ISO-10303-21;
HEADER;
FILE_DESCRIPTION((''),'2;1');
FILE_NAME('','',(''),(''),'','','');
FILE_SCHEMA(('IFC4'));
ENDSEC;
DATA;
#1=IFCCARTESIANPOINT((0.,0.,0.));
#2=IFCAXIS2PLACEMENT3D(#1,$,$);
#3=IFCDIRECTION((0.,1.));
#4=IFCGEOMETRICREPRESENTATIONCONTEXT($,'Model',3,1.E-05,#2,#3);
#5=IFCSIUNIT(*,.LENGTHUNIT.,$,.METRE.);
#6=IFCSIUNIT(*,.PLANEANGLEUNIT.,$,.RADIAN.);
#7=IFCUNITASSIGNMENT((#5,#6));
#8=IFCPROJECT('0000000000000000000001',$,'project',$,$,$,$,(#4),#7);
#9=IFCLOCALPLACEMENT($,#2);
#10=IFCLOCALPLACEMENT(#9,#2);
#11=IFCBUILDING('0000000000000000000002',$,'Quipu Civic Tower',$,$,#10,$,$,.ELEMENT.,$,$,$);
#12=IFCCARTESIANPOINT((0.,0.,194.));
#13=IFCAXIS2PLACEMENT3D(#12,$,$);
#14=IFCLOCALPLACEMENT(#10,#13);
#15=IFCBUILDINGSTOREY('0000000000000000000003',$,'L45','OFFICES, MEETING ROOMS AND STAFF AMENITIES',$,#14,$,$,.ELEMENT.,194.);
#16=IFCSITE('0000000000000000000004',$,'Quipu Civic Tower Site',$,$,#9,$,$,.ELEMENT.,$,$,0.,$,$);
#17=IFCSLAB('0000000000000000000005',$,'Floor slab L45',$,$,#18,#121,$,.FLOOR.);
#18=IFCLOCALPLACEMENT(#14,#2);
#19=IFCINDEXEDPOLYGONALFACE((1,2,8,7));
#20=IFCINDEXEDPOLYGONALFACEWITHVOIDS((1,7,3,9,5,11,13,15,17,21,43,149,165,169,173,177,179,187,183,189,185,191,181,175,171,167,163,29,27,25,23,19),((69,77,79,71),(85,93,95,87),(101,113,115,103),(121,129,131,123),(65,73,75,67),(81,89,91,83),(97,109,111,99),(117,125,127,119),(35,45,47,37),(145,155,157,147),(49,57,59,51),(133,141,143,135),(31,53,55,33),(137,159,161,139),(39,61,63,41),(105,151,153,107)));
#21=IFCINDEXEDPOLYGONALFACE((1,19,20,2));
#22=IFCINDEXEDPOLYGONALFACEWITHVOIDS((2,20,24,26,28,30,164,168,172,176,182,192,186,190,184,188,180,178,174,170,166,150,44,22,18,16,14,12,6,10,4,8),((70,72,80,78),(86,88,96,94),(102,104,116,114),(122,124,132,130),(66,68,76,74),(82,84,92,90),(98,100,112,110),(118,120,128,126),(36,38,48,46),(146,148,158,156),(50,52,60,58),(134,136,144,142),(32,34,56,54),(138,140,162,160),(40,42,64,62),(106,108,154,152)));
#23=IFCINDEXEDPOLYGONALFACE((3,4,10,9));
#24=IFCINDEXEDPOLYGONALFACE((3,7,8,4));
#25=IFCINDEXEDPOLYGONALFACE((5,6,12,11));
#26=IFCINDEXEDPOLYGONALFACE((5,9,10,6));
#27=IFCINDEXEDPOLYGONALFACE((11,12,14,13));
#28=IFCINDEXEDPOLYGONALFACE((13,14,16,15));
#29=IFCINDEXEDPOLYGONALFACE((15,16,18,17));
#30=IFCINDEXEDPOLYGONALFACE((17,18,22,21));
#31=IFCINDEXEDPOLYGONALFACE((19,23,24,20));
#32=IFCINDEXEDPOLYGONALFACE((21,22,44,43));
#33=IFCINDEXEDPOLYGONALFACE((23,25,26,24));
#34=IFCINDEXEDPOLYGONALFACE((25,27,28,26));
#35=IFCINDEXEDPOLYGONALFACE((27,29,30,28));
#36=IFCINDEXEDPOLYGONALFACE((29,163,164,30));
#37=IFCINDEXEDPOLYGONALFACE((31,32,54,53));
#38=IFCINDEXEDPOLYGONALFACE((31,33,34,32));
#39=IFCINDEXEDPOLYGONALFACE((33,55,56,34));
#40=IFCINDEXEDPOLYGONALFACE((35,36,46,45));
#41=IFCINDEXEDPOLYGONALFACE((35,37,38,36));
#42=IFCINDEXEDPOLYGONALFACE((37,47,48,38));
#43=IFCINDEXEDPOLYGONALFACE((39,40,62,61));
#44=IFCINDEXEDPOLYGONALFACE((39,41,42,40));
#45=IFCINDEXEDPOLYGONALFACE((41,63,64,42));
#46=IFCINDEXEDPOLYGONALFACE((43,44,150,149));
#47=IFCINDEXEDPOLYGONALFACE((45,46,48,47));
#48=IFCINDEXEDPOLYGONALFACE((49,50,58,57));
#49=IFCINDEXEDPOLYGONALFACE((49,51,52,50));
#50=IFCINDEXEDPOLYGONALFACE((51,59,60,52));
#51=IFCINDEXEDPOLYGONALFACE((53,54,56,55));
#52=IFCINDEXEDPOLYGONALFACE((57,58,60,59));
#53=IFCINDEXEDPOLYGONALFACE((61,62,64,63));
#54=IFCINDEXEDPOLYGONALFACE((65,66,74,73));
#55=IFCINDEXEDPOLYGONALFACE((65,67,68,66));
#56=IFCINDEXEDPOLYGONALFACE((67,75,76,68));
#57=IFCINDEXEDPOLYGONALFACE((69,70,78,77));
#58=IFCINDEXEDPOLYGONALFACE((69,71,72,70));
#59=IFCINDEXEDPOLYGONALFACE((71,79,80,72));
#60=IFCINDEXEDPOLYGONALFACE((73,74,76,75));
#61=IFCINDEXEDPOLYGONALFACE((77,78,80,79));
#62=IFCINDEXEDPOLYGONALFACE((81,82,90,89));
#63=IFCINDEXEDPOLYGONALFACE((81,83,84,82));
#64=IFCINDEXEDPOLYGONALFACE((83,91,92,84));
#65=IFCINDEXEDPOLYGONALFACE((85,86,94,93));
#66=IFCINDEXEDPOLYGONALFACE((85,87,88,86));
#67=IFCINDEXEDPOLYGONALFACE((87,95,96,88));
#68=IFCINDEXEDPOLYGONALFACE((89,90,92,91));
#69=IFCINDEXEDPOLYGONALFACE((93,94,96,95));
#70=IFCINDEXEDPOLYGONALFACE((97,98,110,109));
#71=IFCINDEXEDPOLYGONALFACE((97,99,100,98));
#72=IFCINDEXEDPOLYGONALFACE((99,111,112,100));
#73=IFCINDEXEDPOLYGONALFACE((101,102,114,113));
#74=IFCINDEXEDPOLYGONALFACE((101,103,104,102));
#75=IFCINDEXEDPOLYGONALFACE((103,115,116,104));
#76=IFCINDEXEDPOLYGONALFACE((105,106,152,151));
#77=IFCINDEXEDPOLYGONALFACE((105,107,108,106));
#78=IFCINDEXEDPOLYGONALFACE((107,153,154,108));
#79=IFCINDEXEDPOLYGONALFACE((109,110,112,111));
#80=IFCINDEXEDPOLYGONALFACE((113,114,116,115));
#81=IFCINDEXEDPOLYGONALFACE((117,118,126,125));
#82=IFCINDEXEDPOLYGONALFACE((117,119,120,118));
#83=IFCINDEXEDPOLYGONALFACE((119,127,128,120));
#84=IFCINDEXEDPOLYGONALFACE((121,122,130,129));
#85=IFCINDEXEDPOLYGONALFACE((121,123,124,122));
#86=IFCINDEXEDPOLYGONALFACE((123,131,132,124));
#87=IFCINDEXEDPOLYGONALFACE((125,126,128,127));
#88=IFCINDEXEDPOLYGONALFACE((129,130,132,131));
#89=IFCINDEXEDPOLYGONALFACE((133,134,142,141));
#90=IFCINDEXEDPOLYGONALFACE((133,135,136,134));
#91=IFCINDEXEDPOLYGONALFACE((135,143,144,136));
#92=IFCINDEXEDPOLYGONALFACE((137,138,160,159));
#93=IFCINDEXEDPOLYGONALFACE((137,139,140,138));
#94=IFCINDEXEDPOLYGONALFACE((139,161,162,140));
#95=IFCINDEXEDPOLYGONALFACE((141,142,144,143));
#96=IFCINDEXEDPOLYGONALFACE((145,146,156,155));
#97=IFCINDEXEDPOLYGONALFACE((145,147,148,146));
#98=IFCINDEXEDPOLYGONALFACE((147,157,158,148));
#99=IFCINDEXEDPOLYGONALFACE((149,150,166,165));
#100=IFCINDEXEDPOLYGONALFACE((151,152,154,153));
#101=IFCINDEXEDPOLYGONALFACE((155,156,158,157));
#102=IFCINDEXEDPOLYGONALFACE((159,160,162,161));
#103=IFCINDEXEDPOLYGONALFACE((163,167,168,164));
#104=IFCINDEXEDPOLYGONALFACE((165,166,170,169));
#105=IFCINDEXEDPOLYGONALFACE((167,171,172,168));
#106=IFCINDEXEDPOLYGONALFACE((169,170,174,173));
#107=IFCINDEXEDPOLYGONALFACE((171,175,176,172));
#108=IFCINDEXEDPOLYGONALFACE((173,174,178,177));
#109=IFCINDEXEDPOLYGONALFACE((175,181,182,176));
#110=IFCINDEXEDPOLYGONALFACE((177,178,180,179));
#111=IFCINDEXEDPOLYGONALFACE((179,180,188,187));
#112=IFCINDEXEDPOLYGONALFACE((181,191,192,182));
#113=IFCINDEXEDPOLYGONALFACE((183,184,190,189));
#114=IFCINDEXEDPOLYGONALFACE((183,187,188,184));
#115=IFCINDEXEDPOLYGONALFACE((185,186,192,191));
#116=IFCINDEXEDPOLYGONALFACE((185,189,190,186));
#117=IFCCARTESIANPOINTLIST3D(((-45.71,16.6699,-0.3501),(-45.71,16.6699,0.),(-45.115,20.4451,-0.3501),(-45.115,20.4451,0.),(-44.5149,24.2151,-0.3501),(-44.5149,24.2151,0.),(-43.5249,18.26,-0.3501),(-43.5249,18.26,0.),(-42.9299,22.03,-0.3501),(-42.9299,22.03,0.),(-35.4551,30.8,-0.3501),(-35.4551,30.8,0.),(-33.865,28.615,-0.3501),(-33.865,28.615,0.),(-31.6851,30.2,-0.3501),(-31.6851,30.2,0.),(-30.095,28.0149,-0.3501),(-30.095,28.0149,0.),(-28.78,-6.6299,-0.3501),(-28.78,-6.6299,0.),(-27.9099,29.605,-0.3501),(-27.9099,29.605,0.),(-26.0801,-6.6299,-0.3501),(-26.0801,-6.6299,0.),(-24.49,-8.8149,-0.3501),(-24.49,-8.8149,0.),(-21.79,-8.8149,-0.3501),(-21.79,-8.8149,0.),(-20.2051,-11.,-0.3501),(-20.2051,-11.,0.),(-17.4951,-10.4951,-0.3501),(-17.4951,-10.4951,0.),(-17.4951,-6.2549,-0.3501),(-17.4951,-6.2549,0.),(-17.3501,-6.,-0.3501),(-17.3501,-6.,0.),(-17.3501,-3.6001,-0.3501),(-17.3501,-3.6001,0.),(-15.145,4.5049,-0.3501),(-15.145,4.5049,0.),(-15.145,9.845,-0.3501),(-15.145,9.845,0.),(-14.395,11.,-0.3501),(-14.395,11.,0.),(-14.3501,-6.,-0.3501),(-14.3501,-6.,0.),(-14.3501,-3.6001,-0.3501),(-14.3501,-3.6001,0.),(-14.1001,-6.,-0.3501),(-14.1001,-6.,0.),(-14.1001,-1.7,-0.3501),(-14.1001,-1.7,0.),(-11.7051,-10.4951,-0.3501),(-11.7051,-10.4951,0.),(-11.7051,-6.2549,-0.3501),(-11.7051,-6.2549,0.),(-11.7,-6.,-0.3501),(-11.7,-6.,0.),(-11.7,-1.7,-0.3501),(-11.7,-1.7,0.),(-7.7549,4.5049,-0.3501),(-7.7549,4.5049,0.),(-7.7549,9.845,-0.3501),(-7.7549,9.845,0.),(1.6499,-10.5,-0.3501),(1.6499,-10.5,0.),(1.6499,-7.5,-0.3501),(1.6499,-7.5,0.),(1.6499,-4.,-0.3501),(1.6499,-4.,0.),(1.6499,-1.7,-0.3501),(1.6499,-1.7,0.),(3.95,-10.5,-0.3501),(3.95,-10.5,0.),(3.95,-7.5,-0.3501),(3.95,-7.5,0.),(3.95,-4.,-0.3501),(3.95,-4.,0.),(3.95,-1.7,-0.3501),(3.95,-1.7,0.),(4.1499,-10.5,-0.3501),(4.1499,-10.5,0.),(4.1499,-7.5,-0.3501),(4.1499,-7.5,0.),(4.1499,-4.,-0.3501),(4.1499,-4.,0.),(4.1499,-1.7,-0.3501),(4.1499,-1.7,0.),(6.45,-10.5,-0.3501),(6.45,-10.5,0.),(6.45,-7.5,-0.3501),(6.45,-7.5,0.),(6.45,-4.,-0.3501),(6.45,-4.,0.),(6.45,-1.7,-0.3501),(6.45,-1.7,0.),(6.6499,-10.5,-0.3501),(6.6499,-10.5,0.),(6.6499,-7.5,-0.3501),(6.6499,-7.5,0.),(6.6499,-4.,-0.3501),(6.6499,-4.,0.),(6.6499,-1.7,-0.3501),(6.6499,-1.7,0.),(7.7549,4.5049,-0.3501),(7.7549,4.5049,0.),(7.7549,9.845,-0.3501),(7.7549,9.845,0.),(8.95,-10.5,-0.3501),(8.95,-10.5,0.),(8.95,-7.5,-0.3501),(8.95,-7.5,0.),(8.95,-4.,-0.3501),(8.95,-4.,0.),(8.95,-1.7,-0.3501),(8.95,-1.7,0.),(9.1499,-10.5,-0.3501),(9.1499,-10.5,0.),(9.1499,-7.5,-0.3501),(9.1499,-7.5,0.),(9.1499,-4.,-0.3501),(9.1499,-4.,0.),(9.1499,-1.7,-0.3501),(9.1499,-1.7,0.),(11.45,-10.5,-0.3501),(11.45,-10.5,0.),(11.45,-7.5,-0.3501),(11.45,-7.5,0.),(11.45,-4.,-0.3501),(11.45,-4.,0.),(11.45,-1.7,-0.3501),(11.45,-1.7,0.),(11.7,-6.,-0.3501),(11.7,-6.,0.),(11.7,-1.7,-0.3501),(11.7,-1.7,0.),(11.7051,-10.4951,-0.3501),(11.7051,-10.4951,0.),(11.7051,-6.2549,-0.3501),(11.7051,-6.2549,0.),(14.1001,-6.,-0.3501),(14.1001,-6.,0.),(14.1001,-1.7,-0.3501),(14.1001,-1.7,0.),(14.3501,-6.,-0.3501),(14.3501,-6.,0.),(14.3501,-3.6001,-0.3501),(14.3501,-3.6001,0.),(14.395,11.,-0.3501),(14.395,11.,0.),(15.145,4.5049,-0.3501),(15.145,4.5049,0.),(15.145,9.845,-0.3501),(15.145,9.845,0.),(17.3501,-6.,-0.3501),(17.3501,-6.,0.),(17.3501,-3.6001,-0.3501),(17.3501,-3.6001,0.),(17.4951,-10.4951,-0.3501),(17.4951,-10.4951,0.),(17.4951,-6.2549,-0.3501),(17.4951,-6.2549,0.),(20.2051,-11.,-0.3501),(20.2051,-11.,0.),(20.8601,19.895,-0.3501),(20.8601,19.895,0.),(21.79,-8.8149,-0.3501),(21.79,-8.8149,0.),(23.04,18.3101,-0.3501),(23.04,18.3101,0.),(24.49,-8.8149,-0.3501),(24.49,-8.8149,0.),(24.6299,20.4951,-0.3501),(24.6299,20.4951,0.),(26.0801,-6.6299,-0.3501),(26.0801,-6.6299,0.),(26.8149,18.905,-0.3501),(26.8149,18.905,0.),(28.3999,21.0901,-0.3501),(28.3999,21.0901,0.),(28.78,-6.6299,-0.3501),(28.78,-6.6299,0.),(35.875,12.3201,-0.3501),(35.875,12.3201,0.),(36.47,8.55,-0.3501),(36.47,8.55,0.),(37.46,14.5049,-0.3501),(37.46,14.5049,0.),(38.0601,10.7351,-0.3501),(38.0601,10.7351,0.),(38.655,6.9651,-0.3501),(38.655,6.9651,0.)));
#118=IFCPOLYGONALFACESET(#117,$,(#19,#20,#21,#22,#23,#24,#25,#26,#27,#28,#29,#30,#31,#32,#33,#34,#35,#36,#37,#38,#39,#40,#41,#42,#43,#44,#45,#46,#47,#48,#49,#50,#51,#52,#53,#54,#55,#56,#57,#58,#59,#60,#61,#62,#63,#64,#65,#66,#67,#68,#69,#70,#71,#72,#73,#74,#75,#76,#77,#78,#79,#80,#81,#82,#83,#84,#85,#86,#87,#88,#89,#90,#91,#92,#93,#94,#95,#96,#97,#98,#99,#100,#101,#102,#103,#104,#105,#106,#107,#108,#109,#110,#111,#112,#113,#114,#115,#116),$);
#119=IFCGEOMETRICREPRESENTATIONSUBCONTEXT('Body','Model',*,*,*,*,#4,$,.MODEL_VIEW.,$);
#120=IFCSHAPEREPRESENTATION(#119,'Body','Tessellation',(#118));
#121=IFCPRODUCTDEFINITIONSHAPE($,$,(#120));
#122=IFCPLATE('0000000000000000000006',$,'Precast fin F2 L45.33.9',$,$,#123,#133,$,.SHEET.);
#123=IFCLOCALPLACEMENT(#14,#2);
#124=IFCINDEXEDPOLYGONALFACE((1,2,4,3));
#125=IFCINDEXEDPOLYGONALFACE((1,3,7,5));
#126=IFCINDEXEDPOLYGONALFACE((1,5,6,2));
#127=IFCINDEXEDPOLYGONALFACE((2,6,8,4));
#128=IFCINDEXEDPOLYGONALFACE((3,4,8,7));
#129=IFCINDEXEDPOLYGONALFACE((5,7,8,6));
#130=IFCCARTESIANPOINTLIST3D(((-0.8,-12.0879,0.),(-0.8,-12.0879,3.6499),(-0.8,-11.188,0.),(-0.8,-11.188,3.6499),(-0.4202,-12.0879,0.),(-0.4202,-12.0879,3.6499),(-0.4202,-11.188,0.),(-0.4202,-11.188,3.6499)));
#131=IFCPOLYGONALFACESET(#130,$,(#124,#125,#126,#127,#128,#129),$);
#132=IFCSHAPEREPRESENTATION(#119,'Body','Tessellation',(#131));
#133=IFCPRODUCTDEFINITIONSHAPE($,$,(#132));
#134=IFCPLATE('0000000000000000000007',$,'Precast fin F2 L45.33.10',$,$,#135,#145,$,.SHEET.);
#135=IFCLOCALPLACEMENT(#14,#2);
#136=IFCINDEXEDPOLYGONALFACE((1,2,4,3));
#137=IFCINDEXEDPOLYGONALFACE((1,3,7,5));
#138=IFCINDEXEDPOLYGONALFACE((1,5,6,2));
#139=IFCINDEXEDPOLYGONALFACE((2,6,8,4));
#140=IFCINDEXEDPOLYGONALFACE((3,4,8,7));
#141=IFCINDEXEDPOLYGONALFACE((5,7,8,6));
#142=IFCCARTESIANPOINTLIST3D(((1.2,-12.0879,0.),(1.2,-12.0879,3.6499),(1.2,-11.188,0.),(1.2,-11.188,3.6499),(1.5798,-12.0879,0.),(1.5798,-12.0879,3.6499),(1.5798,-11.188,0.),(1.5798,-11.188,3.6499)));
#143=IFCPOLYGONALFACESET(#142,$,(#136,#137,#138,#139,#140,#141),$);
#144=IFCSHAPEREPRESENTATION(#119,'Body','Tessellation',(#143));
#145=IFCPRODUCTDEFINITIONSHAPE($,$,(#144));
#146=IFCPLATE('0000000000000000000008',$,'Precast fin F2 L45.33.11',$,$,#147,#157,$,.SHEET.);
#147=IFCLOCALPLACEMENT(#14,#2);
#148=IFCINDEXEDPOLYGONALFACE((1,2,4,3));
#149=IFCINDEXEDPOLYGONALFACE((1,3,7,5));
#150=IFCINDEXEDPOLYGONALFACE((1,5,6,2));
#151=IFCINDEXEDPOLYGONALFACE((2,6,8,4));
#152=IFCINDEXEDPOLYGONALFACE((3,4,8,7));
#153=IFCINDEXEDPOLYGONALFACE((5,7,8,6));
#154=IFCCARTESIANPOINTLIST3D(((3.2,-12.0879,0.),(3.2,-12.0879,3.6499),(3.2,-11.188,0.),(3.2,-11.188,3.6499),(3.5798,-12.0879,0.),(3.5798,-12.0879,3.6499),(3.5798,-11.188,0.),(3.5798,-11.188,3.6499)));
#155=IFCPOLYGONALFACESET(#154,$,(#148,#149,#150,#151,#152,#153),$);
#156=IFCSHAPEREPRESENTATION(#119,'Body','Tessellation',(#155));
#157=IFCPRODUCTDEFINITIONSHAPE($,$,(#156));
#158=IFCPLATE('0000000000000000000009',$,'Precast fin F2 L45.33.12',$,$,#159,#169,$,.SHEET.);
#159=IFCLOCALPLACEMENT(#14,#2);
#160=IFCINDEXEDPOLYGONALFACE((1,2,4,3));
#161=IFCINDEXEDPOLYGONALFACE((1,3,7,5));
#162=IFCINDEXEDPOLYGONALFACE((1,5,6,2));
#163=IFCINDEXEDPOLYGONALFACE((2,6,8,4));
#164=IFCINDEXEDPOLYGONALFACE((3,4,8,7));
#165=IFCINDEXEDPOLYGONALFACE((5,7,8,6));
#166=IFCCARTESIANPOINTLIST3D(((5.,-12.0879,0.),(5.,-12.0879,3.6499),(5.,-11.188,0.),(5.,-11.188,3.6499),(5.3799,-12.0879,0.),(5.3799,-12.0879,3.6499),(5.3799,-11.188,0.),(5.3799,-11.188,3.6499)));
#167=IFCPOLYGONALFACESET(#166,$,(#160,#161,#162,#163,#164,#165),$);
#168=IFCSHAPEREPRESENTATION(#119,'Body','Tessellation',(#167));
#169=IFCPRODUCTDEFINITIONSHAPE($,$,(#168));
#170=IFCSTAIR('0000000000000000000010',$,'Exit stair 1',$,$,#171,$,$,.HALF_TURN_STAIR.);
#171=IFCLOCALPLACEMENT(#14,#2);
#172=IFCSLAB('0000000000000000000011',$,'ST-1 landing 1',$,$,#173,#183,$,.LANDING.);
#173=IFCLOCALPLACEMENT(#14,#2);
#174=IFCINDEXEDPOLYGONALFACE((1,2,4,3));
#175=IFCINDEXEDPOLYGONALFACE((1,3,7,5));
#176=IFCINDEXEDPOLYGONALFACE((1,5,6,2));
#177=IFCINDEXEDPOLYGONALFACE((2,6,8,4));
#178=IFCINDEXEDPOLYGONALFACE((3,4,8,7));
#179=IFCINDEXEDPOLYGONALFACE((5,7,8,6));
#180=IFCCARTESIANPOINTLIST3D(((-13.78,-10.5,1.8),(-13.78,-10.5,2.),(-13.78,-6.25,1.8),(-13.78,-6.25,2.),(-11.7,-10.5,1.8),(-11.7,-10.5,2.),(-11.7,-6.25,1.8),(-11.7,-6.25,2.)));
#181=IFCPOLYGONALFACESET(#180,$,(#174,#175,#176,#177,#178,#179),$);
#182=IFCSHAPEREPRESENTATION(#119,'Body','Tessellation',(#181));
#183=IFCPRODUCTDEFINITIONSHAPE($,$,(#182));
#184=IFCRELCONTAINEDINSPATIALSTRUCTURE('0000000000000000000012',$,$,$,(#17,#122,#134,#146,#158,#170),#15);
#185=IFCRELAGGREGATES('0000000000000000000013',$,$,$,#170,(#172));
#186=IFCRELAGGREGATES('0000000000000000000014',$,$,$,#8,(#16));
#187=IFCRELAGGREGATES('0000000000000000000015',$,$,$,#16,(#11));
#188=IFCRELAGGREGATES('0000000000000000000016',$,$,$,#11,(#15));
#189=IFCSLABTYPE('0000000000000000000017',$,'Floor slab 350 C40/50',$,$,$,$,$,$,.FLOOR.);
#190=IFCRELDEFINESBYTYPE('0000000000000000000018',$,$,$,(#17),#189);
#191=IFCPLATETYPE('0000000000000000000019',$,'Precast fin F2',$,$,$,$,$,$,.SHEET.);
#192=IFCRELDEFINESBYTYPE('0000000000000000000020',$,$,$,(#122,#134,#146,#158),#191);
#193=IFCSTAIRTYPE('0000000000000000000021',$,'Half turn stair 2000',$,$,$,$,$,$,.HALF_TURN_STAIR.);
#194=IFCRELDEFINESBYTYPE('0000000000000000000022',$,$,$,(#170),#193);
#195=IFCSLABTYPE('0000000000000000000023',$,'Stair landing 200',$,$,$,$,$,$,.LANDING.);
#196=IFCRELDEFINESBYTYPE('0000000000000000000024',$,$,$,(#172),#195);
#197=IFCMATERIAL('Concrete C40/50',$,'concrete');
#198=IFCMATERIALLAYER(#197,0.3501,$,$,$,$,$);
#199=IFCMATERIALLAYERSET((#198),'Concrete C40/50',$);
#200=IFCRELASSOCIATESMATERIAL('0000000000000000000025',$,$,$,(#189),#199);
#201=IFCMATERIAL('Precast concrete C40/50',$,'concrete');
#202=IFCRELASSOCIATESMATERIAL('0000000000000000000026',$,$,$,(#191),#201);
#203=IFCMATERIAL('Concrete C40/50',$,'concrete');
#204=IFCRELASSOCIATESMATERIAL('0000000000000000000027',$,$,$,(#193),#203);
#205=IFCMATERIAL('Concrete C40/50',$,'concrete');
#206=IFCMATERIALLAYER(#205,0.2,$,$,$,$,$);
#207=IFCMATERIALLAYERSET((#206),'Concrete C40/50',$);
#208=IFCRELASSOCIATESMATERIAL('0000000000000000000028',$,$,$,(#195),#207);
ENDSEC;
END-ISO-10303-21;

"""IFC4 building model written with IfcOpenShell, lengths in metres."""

from ifc_helpers import new_model, si_unit, direction, frame, origin, origin_2d, place, context, subcontext, project, spatial, polyline, rectangle, outline, extrude, material, layer, layer_set, type_object, element, aggregate, save


model = new_model("IFC4")

# Units and contexts
model_context = context("Model", 3, precision=1e-05, world=origin(), true_north=direction((0.0, 1.0)))
body_context = subcontext(model_context, "Body", "Model", "MODEL_VIEW")
ifc_project = project(units=[si_unit("LENGTHUNIT", "METRE"), si_unit("PLANEANGLEUNIT", "RADIAN")], contexts=[model_context])

# Site, building, storey
site_placement = place(None, origin())
site = spatial("IfcSite", under=ifc_project, at=site_placement, Name="Quipu Civic Tower Site", CompositionType="ELEMENT", RefElevation=0.0)
building_placement = place(site_placement, origin())
building = spatial("IfcBuilding", under=site, at=building_placement, Name="Quipu Civic Tower", CompositionType="ELEMENT")
storey_placement = place(building_placement, frame((0.0, 0.0, 194.0)))
storey = spatial("IfcBuildingStorey", under=building, at=storey_placement, Name="L45", Description="OFFICES, MEETING ROOMS AND STAFF AMENITIES", CompositionType="ELEMENT", Elevation=194.0)

# Slab
ifc_material_1 = material(Name="Concrete C40/50", Category="concrete")
ifc_layer_1 = layer(ifc_material_1, 0.3501)
ifc_layer_set_1 = layer_set([ifc_layer_1], Name="Concrete C40/50")
slab_type_1 = type_object("IfcSlabType", Name="Floor slab 350 C40/50", PredefinedType="FLOOR", material=ifc_layer_set_1)
slab_1_placement = place(storey_placement, frame((0.0, 0.0, -0.3501)))
element("IfcSlab", 1, at=slab_1_placement, inside=storey, type_object=slab_type_1, Name="Floor slab L45", PredefinedType="FLOOR", context=body_context, shape_type="SweptSolid", body=[
    extrude(outline(polyline([(20.8601, 19.895), (23.04, 18.3101), (24.6299, 20.4951), (26.8149, 18.905), (28.3999, 21.0901), (37.46, 14.5049), (35.875, 12.3201), (38.0601, 10.7351), (36.47, 8.55), (38.655, 6.9651), (28.78, -6.6299), (26.0801, -6.6299), (24.49, -8.8149), (21.79, -8.8149), (20.2051, -11.0), (-20.2051, -11.0), (-21.79, -8.8149), (-24.49, -8.8149), (-26.0801, -6.6299), (-28.78, -6.6299), (-45.71, 16.6699), (-43.5249, 18.26), (-45.115, 20.4451), (-42.9299, 22.03), (-44.5149, 24.2151), (-35.4551, 30.8), (-33.865, 28.615), (-31.6851, 30.2), (-30.095, 28.0149), (-27.9099, 29.605), (-14.395, 11.0), (14.395, 11.0), (20.8601, 19.895)]), holes=[polyline([(1.6499, -7.5), (1.6499, -10.5), (3.95, -10.5), (3.95, -7.5), (1.6499, -7.5)]), polyline([(4.1499, -7.5), (4.1499, -10.5), (6.45, -10.5), (6.45, -7.5), (4.1499, -7.5)]), polyline([(-11.7051, -6.2549), (-17.4951, -6.2549), (-17.4951, -10.4951), (-11.7051, -10.4951), (-11.7051, -6.2549)]), polyline([(-17.3501, -3.6001), (-17.3501, -6.0), (-14.3501, -6.0), (-14.3501, -3.6001), (-17.3501, -3.6001)]), polyline([(-14.1001, -1.7), (-14.1001, -6.0), (-11.7, -6.0), (-11.7, -1.7), (-14.1001, -1.7)]), polyline([(1.6499, -1.7), (1.6499, -4.0), (3.95, -4.0), (3.95, -1.7), (1.6499, -1.7)]), polyline([(4.1499, -1.7), (4.1499, -4.0), (6.45, -4.0), (6.45, -1.7), (4.1499, -1.7)]), polyline([(-7.7549, 9.845), (-15.145, 9.845), (-15.145, 4.5049), (-7.7549, 4.5049), (-7.7549, 9.845)]), polyline([(6.6499, -7.5), (6.6499, -10.5), (8.95, -10.5), (8.95, -7.5), (6.6499, -7.5)]), polyline([(9.1499, -7.5), (9.1499, -10.5), (11.45, -10.5), (11.45, -7.5), (9.1499, -7.5)]), polyline([(11.7051, -10.4951), (17.4951, -10.4951), (17.4951, -6.2549), (11.7051, -6.2549), (11.7051, -10.4951)]), polyline([(14.3501, -3.6001), (14.3501, -6.0), (17.3501, -6.0), (17.3501, -3.6001), (14.3501, -3.6001)]), polyline([(11.7, -1.7), (11.7, -6.0), (14.1001, -6.0), (14.1001, -1.7), (11.7, -1.7)]), polyline([(6.6499, -1.7), (6.6499, -4.0), (8.95, -4.0), (8.95, -1.7), (6.6499, -1.7)]), polyline([(9.1499, -1.7), (9.1499, -4.0), (11.45, -4.0), (11.45, -1.7), (9.1499, -1.7)]), polyline([(7.7549, 4.5049), (15.145, 4.5049), (15.145, 9.845), (7.7549, 9.845), (7.7549, 4.5049)])]), origin(), (0.0, 0.0, 1.0), 0.3501),
])

# Plates
ifc_material_2 = material(Name="Precast concrete C40/50", Category="concrete")
plate_type = type_object("IfcPlateType", Name="Precast fin F2", PredefinedType="SHEET", material=ifc_material_2)
for number, where, z_axis, x_axis, name in (
    (2, (-0.6101, -11.6379, 0.0), (0.0, 0.0, 1.0), (1.0, 0.0, 0.0), "Precast fin F2 L45.33.9"),
    (3, (1.3899, -11.6379, 0.0), (0.0, 0.0, 1.0), (1.0, 0.0, 0.0), "Precast fin F2 L45.33.10"),
    (4, (3.3899, -11.6379, 0.0), (0.0, 0.0, 1.0), (1.0, 0.0, 0.0), "Precast fin F2 L45.33.11"),
    (5, (5.1899, -11.6379, 0.0), (0.0, 0.0, 1.0), (1.0, 0.0, 0.0), "Precast fin F2 L45.33.12"),
):
    element("IfcPlate", number, at=place(storey_placement, frame(where, z_axis=z_axis, x_axis=x_axis)), inside=storey, type_object=plate_type, Name=name, PredefinedType="SHEET", context=body_context, shape_type="SweptSolid", body=[
        extrude(rectangle(XDim=0.3799, YDim=0.8999, at=origin_2d()), origin(), (0.0, 0.0, 1.0), 3.6499),
    ])

# Stair, slab
ifc_material_3 = material(Name="Concrete C40/50", Category="concrete")
stair_type_1 = type_object("IfcStairType", Name="Half turn stair 2000", PredefinedType="HALF_TURN_STAIR", material=ifc_material_3)
stair_1_placement = place(storey_placement, origin())
stair_1 = element("IfcStair", 6, at=stair_1_placement, inside=storey, type_object=stair_type_1, Name="Exit stair 1", PredefinedType="HALF_TURN_STAIR")
ifc_material_4 = material(Name="Concrete C40/50", Category="concrete")
ifc_layer_2 = layer(ifc_material_4, 0.2)
ifc_layer_set_2 = layer_set([ifc_layer_2], Name="Concrete C40/50")
slab_type_2 = type_object("IfcSlabType", Name="Stair landing 200", PredefinedType="LANDING", material=ifc_layer_set_2)
slab_2_placement = place(storey_placement, frame((0.0, 0.0, 1.8)))
slab_2 = element("IfcSlab", 7, at=slab_2_placement, type_object=slab_type_2, Name="ST-1 landing 1", PredefinedType="LANDING", context=body_context, shape_type="SweptSolid", body=[
    extrude(outline(polyline([(-13.78, -10.5), (-11.7, -10.5), (-11.7, -6.25), (-13.78, -6.25), (-13.78, -10.5)])), origin(), (0.0, 0.0, 1.0), 0.2),
])
aggregate(stair_1, [slab_2])

save(model, "model.ifc")
